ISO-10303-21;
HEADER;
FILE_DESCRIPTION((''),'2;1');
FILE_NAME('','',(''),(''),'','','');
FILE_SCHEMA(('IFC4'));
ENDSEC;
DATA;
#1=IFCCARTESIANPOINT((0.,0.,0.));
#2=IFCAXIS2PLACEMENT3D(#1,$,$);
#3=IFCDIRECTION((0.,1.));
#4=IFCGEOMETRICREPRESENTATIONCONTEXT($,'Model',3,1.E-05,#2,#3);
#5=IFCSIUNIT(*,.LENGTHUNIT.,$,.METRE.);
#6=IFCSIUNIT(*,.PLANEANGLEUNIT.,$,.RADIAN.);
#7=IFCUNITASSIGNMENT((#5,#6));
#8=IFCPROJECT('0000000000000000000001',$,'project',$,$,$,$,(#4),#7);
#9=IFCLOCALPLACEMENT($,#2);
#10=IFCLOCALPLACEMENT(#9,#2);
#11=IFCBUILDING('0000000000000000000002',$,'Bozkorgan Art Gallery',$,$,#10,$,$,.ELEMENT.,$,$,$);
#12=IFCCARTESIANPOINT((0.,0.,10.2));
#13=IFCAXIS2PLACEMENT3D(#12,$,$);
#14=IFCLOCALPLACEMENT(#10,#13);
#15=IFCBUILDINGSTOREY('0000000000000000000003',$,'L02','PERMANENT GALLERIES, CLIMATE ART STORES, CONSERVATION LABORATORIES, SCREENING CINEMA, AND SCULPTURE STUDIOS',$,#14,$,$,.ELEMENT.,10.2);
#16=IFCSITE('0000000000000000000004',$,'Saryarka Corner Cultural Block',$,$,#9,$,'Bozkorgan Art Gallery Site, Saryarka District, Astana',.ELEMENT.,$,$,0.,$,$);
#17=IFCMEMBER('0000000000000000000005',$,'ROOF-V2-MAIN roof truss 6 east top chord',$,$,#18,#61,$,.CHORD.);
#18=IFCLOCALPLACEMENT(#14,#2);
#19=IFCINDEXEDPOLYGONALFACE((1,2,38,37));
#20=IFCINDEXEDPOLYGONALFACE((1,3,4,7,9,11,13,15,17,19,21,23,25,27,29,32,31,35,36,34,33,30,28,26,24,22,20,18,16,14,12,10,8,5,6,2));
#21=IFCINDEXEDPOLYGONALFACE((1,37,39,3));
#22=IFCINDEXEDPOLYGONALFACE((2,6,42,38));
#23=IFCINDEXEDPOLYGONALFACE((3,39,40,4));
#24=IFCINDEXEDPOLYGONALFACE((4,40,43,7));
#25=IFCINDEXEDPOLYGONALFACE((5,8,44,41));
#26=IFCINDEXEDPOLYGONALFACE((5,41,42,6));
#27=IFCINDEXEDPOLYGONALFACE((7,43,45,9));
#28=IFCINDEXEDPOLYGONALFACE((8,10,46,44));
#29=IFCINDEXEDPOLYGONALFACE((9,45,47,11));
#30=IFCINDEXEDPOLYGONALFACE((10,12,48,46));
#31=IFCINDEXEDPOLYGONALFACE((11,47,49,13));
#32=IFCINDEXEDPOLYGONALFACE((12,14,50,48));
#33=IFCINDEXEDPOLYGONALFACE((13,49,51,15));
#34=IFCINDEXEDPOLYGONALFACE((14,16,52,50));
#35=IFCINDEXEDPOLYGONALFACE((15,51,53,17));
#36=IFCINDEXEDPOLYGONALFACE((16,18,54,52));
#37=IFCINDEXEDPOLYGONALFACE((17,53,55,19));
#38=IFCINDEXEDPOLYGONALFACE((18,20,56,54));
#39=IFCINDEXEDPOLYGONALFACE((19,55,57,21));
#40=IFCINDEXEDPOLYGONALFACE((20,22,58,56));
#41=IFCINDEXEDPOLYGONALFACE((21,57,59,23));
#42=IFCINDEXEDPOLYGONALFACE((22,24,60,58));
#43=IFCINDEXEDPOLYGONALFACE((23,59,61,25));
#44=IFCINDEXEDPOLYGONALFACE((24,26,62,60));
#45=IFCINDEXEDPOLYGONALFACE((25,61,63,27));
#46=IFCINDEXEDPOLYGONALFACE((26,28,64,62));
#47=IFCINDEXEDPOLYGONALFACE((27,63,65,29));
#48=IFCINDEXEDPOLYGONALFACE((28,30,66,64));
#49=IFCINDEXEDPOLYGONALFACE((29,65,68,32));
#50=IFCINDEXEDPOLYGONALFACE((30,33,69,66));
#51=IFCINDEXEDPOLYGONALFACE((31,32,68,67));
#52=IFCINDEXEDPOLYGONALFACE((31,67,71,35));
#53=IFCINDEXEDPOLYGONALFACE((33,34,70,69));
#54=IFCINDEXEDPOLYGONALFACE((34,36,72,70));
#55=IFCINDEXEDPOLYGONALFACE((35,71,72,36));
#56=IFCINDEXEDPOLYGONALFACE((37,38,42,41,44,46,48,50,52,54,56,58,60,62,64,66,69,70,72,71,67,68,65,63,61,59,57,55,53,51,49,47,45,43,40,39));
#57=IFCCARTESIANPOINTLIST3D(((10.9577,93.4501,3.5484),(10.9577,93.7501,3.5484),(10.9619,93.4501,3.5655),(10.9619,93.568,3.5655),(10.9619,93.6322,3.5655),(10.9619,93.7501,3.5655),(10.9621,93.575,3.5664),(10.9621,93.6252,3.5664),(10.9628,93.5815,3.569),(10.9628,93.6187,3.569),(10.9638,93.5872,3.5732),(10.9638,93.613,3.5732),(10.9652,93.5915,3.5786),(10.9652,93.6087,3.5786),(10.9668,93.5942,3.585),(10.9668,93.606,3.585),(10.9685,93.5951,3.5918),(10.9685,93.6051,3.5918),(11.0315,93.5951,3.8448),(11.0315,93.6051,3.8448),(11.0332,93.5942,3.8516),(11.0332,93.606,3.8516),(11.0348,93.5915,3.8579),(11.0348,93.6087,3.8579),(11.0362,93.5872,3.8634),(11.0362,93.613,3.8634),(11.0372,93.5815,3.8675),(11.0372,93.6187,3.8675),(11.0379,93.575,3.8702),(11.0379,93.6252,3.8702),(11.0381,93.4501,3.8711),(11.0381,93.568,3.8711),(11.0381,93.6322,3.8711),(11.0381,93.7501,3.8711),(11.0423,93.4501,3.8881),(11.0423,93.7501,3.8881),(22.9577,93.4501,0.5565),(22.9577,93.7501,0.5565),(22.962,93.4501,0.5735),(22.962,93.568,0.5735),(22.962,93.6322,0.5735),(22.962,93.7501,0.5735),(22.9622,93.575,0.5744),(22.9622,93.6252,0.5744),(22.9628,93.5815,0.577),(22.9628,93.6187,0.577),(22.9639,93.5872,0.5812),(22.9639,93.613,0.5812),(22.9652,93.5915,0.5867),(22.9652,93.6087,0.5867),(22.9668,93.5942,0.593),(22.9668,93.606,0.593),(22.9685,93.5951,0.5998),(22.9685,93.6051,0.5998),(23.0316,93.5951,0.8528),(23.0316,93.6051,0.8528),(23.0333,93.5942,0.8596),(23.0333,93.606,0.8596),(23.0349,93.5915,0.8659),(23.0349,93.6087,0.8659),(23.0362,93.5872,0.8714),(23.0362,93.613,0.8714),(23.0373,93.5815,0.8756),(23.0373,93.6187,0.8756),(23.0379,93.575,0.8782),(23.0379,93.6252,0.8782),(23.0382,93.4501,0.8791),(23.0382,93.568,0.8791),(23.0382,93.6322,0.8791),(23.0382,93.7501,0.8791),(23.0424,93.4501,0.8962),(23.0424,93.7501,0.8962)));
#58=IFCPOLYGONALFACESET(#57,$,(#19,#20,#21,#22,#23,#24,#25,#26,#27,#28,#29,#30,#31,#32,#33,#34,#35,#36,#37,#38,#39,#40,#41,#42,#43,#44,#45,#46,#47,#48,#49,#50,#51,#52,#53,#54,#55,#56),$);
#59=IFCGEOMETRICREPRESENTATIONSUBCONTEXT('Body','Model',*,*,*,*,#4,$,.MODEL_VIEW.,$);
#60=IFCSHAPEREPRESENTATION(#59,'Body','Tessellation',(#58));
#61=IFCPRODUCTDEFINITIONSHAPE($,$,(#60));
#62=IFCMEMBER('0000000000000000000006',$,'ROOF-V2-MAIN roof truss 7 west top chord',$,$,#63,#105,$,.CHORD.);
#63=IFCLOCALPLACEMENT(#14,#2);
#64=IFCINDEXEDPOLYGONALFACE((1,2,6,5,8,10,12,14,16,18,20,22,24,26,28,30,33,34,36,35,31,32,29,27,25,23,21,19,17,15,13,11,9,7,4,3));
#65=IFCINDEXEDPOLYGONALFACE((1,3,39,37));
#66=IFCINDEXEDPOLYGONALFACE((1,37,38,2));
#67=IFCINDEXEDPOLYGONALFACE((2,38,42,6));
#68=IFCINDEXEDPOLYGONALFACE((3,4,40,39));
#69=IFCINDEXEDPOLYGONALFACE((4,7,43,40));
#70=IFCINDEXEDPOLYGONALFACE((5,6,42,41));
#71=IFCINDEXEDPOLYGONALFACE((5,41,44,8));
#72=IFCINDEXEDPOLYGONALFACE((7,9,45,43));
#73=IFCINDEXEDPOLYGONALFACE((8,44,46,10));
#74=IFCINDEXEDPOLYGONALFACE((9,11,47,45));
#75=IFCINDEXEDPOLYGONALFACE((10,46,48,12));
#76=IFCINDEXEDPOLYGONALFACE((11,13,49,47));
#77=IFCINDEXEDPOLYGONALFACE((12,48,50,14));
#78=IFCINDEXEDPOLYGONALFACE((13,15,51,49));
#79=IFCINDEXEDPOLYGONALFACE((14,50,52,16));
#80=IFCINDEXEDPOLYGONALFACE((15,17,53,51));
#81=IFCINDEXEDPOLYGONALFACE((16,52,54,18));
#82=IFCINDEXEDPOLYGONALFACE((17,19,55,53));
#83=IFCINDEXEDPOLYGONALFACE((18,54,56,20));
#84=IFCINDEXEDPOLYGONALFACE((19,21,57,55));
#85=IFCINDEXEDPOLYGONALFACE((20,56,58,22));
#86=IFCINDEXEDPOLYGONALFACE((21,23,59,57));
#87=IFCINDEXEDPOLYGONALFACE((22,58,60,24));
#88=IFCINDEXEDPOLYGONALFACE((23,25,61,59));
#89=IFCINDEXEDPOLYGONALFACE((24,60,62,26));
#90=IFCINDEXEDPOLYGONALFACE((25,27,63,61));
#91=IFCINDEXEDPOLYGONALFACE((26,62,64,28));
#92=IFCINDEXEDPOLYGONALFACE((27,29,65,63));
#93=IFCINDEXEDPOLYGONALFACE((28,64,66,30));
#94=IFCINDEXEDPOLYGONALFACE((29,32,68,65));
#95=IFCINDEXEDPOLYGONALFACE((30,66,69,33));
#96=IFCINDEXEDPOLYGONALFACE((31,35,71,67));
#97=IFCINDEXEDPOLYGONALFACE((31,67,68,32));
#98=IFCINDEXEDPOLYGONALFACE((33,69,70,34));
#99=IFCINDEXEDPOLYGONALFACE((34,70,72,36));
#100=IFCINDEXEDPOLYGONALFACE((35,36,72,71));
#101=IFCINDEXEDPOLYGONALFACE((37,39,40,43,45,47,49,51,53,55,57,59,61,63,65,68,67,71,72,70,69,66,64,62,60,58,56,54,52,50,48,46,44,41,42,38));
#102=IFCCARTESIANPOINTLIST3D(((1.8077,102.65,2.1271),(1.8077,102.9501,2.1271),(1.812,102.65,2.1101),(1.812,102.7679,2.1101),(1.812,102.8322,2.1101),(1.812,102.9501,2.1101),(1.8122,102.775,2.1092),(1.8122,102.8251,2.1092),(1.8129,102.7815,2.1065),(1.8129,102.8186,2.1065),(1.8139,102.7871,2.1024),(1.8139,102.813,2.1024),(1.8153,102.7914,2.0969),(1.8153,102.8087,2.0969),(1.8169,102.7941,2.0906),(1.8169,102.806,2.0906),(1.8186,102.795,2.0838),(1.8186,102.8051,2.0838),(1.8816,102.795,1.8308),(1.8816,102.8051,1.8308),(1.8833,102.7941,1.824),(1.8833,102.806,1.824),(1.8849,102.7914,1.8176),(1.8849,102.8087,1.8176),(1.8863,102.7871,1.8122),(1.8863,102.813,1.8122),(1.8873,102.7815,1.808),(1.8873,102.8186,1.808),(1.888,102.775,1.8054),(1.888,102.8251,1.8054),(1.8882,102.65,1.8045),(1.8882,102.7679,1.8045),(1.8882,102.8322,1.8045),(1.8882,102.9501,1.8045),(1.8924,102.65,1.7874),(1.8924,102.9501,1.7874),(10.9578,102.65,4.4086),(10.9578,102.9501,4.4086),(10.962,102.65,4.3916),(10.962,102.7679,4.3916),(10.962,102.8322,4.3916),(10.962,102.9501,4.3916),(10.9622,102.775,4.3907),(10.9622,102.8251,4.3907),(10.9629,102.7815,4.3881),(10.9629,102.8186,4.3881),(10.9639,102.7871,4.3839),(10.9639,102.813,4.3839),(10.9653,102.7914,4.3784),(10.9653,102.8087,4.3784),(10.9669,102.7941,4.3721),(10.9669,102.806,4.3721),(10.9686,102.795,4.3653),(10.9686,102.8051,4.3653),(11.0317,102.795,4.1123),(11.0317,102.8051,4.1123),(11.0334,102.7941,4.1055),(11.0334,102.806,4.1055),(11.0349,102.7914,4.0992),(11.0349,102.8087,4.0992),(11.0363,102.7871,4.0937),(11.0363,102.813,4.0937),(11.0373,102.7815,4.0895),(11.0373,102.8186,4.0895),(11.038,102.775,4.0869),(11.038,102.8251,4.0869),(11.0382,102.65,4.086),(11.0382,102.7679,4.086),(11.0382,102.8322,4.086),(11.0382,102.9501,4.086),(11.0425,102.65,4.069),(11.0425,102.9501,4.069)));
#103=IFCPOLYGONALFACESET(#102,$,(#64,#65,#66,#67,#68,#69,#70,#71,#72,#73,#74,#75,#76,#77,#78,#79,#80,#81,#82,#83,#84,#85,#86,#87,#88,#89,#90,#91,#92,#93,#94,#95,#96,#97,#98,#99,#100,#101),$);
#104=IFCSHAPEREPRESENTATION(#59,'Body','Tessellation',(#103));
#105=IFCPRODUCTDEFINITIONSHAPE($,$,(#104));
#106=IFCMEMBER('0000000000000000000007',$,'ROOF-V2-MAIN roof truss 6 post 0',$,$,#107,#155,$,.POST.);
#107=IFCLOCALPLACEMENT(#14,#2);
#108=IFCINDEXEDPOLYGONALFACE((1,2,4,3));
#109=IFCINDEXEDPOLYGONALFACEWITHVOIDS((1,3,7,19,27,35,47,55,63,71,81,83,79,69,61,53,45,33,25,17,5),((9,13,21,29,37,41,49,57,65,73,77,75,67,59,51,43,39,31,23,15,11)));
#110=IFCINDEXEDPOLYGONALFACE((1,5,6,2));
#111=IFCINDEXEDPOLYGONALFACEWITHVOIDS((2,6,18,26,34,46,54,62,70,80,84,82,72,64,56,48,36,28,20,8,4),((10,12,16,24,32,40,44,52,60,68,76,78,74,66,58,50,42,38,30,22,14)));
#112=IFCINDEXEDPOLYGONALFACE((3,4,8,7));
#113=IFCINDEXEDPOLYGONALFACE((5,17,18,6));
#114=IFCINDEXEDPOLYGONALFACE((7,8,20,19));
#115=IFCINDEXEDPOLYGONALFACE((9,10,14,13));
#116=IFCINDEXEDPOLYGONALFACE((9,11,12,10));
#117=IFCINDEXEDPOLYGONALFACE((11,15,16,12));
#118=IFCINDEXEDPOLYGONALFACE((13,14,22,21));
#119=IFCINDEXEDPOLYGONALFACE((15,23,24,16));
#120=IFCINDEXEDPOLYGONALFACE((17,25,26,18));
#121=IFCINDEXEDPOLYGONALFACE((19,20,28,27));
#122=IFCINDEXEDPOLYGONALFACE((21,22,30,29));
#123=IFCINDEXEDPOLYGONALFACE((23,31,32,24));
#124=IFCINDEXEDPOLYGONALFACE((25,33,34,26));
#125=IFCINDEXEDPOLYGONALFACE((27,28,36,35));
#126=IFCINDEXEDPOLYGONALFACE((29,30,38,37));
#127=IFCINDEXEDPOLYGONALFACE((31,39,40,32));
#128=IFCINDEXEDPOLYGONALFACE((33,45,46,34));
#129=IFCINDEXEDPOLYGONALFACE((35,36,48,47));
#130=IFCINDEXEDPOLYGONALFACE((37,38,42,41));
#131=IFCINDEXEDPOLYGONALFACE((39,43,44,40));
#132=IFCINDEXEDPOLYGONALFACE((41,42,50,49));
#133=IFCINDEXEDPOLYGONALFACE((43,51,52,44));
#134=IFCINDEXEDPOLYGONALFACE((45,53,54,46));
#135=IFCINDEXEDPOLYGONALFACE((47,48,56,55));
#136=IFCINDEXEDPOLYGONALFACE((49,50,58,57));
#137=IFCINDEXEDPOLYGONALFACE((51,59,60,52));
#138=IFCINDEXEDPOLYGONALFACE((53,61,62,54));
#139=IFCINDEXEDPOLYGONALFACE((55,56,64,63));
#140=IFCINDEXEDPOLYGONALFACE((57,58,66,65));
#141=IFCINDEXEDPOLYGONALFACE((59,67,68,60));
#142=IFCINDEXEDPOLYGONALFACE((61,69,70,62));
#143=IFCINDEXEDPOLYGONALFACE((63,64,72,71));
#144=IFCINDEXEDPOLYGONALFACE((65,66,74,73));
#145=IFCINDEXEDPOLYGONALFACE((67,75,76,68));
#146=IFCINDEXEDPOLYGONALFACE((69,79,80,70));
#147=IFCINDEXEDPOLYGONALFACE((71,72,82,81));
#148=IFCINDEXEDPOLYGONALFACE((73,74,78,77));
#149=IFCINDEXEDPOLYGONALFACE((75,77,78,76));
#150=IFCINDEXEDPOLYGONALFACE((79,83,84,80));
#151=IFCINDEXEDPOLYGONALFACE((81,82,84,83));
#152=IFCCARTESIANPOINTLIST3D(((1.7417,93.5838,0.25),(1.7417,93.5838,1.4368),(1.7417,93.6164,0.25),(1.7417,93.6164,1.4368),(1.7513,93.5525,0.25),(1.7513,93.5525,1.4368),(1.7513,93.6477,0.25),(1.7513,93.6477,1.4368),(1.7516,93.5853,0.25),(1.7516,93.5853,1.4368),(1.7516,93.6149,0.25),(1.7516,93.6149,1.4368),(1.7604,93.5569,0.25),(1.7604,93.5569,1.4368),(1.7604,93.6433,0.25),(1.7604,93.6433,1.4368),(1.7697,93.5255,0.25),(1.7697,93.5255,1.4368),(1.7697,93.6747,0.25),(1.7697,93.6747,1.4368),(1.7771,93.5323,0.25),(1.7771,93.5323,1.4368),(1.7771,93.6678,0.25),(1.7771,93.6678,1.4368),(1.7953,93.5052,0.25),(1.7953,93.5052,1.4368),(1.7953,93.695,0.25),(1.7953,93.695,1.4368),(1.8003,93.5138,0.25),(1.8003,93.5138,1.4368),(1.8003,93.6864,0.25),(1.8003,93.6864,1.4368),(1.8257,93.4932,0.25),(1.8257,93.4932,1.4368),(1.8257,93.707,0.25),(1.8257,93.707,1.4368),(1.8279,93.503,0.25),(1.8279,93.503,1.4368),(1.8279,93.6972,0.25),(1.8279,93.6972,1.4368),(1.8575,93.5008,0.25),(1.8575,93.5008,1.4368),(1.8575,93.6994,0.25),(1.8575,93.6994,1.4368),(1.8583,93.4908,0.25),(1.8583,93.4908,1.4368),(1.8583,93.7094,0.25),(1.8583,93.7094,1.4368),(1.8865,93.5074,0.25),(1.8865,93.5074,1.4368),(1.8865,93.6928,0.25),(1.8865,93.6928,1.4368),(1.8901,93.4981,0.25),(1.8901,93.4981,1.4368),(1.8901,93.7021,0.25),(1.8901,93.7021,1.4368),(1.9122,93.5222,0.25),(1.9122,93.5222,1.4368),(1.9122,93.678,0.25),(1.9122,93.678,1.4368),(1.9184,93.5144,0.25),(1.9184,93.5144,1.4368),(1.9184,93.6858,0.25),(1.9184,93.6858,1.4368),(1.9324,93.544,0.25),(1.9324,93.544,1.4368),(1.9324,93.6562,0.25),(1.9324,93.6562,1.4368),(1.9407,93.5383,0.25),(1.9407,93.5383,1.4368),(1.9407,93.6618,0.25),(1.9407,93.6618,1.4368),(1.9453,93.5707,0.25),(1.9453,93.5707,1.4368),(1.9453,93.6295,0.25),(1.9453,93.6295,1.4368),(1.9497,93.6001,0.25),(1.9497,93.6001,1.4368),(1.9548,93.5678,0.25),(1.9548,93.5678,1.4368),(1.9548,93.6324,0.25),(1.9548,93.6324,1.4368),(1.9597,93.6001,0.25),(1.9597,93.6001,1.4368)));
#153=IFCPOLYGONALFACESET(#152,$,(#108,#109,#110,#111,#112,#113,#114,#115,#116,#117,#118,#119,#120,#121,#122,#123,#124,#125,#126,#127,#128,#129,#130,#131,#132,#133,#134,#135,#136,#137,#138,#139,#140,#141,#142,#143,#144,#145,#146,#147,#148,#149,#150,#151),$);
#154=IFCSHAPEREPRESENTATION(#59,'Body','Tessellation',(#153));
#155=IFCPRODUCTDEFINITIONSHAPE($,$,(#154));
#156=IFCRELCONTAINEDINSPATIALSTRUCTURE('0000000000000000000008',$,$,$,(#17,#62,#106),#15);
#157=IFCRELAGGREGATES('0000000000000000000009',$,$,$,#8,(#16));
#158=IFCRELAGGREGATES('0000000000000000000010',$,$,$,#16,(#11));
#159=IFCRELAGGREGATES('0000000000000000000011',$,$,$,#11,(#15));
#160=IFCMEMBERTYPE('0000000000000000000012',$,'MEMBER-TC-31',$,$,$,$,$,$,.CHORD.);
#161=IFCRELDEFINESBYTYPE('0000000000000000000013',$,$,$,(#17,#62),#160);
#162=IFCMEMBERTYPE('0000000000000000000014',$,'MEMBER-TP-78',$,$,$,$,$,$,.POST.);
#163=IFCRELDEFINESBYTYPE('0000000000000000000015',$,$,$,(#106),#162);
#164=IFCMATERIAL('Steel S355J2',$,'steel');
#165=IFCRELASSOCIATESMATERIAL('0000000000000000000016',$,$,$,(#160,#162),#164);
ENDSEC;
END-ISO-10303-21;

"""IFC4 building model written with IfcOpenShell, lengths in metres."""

from ifc_helpers import new_model, si_unit, direction, frame, origin, origin_2d, place, context, subcontext, project, spatial, hollow_circle, i_section, extrude, material, material_profile, profile_set, type_object, element, save


model = new_model("IFC4")

# Units and contexts
model_context = context("Model", 3, precision=1e-05, world=origin(), true_north=direction((0.0, 1.0)))
body_context = subcontext(model_context, "Body", "Model", "MODEL_VIEW")
ifc_project = project(units=[si_unit("LENGTHUNIT", "METRE"), si_unit("PLANEANGLEUNIT", "RADIAN")], contexts=[model_context])

# Site, building, storey
site_placement = place(None, origin())
site = spatial("IfcSite", under=ifc_project, at=site_placement, Name="Saryarka Corner Cultural Block", LongName="Bozkorgan Art Gallery Site, Saryarka District, Astana", CompositionType="ELEMENT", RefElevation=0.0)
building_placement = place(site_placement, origin())
building = spatial("IfcBuilding", under=site, at=building_placement, Name="Bozkorgan Art Gallery", CompositionType="ELEMENT")
storey_placement = place(building_placement, frame((0.0, 0.0, 10.2)))
storey = spatial("IfcBuildingStorey", under=building, at=storey_placement, Name="L02", Description="PERMANENT GALLERIES, CLIMATE ART STORES, CONSERVATION LABORATORIES, SCREENING CINEMA, AND SCULPTURE STUDIOS", CompositionType="ELEMENT", Elevation=10.2)

# Shared definitions
ifc_material_1 = material(Name="Steel S355J2", Category="steel")

# Members
ifc_material_profile_1 = material_profile(ifc_material_1, i_section(OverallWidth=0.3, OverallDepth=0.3501, WebThickness=0.01, FlangeThickness=0.0176, FilletRadius=0.0271, at=origin_2d()), Name="HEA 360")
ifc_profile_set_1 = profile_set([ifc_material_profile_1], Name="Steel S355J2")
member_type_1 = type_object("IfcMemberType", Name="MEMBER-TC-31", PredefinedType="CHORD", material=ifc_profile_set_1)
member_1_placement = place(storey_placement, frame((11.0, 93.6001, 3.7183), z_axis=(0.970296, 0.0, -0.241922), x_axis=(0.0, 1.0, 0.0)))
element("IfcMember", 1, at=member_1_placement, inside=storey, type_object=member_type_1, Name="ROOF-V2-MAIN roof truss 6 east top chord", PredefinedType="CHORD", context=body_context, shape_type="SweptSolid", body=[
    extrude(i_section(OverallWidth=0.3, OverallDepth=0.3501, WebThickness=0.01, FlangeThickness=0.0176, FilletRadius=0.0271, at=origin_2d()), origin(), (0.0, 0.0, 1.0), 12.3674),
])
member_2_placement = place(storey_placement, frame((1.8501, 102.8, 1.9573), z_axis=(0.970292, 0.0, 0.241939), x_axis=(0.0, 1.0, 0.0)))
element("IfcMember", 2, at=member_2_placement, inside=storey, type_object=member_type_1, Name="ROOF-V2-MAIN roof truss 7 west top chord", PredefinedType="CHORD", context=body_context, shape_type="SweptSolid", body=[
    extrude(i_section(OverallWidth=0.3, OverallDepth=0.3501, WebThickness=0.01, FlangeThickness=0.0176, FilletRadius=0.0271, at=origin_2d()), origin(), (0.0, 0.0, 1.0), 9.4302),
])
ifc_material_profile_2 = material_profile(ifc_material_1, hollow_circle(Radius=0.1096, WallThickness=0.01, at=origin_2d()), Name="CHS 219.1x10")
ifc_profile_set_2 = profile_set([ifc_material_profile_2], Name="Steel S355J2")
member_type_2 = type_object("IfcMemberType", Name="MEMBER-TP-78", PredefinedType="POST", material=ifc_profile_set_2)
member_3_placement = place(storey_placement, frame((1.8501, 93.6001, 0.25), z_axis=(0.0, 0.0, 1.0), x_axis=(1.0, 0.0, 0.0)))
element("IfcMember", 3, at=member_3_placement, inside=storey, type_object=member_type_2, Name="ROOF-V2-MAIN roof truss 6 post 0", PredefinedType="POST", context=body_context, shape_type="SweptSolid", body=[
    extrude(hollow_circle(Radius=0.1096, WallThickness=0.01, at=origin_2d()), origin(), (0.0, 0.0, 1.0), 1.1868),
])

save(model, "model.ifc")
